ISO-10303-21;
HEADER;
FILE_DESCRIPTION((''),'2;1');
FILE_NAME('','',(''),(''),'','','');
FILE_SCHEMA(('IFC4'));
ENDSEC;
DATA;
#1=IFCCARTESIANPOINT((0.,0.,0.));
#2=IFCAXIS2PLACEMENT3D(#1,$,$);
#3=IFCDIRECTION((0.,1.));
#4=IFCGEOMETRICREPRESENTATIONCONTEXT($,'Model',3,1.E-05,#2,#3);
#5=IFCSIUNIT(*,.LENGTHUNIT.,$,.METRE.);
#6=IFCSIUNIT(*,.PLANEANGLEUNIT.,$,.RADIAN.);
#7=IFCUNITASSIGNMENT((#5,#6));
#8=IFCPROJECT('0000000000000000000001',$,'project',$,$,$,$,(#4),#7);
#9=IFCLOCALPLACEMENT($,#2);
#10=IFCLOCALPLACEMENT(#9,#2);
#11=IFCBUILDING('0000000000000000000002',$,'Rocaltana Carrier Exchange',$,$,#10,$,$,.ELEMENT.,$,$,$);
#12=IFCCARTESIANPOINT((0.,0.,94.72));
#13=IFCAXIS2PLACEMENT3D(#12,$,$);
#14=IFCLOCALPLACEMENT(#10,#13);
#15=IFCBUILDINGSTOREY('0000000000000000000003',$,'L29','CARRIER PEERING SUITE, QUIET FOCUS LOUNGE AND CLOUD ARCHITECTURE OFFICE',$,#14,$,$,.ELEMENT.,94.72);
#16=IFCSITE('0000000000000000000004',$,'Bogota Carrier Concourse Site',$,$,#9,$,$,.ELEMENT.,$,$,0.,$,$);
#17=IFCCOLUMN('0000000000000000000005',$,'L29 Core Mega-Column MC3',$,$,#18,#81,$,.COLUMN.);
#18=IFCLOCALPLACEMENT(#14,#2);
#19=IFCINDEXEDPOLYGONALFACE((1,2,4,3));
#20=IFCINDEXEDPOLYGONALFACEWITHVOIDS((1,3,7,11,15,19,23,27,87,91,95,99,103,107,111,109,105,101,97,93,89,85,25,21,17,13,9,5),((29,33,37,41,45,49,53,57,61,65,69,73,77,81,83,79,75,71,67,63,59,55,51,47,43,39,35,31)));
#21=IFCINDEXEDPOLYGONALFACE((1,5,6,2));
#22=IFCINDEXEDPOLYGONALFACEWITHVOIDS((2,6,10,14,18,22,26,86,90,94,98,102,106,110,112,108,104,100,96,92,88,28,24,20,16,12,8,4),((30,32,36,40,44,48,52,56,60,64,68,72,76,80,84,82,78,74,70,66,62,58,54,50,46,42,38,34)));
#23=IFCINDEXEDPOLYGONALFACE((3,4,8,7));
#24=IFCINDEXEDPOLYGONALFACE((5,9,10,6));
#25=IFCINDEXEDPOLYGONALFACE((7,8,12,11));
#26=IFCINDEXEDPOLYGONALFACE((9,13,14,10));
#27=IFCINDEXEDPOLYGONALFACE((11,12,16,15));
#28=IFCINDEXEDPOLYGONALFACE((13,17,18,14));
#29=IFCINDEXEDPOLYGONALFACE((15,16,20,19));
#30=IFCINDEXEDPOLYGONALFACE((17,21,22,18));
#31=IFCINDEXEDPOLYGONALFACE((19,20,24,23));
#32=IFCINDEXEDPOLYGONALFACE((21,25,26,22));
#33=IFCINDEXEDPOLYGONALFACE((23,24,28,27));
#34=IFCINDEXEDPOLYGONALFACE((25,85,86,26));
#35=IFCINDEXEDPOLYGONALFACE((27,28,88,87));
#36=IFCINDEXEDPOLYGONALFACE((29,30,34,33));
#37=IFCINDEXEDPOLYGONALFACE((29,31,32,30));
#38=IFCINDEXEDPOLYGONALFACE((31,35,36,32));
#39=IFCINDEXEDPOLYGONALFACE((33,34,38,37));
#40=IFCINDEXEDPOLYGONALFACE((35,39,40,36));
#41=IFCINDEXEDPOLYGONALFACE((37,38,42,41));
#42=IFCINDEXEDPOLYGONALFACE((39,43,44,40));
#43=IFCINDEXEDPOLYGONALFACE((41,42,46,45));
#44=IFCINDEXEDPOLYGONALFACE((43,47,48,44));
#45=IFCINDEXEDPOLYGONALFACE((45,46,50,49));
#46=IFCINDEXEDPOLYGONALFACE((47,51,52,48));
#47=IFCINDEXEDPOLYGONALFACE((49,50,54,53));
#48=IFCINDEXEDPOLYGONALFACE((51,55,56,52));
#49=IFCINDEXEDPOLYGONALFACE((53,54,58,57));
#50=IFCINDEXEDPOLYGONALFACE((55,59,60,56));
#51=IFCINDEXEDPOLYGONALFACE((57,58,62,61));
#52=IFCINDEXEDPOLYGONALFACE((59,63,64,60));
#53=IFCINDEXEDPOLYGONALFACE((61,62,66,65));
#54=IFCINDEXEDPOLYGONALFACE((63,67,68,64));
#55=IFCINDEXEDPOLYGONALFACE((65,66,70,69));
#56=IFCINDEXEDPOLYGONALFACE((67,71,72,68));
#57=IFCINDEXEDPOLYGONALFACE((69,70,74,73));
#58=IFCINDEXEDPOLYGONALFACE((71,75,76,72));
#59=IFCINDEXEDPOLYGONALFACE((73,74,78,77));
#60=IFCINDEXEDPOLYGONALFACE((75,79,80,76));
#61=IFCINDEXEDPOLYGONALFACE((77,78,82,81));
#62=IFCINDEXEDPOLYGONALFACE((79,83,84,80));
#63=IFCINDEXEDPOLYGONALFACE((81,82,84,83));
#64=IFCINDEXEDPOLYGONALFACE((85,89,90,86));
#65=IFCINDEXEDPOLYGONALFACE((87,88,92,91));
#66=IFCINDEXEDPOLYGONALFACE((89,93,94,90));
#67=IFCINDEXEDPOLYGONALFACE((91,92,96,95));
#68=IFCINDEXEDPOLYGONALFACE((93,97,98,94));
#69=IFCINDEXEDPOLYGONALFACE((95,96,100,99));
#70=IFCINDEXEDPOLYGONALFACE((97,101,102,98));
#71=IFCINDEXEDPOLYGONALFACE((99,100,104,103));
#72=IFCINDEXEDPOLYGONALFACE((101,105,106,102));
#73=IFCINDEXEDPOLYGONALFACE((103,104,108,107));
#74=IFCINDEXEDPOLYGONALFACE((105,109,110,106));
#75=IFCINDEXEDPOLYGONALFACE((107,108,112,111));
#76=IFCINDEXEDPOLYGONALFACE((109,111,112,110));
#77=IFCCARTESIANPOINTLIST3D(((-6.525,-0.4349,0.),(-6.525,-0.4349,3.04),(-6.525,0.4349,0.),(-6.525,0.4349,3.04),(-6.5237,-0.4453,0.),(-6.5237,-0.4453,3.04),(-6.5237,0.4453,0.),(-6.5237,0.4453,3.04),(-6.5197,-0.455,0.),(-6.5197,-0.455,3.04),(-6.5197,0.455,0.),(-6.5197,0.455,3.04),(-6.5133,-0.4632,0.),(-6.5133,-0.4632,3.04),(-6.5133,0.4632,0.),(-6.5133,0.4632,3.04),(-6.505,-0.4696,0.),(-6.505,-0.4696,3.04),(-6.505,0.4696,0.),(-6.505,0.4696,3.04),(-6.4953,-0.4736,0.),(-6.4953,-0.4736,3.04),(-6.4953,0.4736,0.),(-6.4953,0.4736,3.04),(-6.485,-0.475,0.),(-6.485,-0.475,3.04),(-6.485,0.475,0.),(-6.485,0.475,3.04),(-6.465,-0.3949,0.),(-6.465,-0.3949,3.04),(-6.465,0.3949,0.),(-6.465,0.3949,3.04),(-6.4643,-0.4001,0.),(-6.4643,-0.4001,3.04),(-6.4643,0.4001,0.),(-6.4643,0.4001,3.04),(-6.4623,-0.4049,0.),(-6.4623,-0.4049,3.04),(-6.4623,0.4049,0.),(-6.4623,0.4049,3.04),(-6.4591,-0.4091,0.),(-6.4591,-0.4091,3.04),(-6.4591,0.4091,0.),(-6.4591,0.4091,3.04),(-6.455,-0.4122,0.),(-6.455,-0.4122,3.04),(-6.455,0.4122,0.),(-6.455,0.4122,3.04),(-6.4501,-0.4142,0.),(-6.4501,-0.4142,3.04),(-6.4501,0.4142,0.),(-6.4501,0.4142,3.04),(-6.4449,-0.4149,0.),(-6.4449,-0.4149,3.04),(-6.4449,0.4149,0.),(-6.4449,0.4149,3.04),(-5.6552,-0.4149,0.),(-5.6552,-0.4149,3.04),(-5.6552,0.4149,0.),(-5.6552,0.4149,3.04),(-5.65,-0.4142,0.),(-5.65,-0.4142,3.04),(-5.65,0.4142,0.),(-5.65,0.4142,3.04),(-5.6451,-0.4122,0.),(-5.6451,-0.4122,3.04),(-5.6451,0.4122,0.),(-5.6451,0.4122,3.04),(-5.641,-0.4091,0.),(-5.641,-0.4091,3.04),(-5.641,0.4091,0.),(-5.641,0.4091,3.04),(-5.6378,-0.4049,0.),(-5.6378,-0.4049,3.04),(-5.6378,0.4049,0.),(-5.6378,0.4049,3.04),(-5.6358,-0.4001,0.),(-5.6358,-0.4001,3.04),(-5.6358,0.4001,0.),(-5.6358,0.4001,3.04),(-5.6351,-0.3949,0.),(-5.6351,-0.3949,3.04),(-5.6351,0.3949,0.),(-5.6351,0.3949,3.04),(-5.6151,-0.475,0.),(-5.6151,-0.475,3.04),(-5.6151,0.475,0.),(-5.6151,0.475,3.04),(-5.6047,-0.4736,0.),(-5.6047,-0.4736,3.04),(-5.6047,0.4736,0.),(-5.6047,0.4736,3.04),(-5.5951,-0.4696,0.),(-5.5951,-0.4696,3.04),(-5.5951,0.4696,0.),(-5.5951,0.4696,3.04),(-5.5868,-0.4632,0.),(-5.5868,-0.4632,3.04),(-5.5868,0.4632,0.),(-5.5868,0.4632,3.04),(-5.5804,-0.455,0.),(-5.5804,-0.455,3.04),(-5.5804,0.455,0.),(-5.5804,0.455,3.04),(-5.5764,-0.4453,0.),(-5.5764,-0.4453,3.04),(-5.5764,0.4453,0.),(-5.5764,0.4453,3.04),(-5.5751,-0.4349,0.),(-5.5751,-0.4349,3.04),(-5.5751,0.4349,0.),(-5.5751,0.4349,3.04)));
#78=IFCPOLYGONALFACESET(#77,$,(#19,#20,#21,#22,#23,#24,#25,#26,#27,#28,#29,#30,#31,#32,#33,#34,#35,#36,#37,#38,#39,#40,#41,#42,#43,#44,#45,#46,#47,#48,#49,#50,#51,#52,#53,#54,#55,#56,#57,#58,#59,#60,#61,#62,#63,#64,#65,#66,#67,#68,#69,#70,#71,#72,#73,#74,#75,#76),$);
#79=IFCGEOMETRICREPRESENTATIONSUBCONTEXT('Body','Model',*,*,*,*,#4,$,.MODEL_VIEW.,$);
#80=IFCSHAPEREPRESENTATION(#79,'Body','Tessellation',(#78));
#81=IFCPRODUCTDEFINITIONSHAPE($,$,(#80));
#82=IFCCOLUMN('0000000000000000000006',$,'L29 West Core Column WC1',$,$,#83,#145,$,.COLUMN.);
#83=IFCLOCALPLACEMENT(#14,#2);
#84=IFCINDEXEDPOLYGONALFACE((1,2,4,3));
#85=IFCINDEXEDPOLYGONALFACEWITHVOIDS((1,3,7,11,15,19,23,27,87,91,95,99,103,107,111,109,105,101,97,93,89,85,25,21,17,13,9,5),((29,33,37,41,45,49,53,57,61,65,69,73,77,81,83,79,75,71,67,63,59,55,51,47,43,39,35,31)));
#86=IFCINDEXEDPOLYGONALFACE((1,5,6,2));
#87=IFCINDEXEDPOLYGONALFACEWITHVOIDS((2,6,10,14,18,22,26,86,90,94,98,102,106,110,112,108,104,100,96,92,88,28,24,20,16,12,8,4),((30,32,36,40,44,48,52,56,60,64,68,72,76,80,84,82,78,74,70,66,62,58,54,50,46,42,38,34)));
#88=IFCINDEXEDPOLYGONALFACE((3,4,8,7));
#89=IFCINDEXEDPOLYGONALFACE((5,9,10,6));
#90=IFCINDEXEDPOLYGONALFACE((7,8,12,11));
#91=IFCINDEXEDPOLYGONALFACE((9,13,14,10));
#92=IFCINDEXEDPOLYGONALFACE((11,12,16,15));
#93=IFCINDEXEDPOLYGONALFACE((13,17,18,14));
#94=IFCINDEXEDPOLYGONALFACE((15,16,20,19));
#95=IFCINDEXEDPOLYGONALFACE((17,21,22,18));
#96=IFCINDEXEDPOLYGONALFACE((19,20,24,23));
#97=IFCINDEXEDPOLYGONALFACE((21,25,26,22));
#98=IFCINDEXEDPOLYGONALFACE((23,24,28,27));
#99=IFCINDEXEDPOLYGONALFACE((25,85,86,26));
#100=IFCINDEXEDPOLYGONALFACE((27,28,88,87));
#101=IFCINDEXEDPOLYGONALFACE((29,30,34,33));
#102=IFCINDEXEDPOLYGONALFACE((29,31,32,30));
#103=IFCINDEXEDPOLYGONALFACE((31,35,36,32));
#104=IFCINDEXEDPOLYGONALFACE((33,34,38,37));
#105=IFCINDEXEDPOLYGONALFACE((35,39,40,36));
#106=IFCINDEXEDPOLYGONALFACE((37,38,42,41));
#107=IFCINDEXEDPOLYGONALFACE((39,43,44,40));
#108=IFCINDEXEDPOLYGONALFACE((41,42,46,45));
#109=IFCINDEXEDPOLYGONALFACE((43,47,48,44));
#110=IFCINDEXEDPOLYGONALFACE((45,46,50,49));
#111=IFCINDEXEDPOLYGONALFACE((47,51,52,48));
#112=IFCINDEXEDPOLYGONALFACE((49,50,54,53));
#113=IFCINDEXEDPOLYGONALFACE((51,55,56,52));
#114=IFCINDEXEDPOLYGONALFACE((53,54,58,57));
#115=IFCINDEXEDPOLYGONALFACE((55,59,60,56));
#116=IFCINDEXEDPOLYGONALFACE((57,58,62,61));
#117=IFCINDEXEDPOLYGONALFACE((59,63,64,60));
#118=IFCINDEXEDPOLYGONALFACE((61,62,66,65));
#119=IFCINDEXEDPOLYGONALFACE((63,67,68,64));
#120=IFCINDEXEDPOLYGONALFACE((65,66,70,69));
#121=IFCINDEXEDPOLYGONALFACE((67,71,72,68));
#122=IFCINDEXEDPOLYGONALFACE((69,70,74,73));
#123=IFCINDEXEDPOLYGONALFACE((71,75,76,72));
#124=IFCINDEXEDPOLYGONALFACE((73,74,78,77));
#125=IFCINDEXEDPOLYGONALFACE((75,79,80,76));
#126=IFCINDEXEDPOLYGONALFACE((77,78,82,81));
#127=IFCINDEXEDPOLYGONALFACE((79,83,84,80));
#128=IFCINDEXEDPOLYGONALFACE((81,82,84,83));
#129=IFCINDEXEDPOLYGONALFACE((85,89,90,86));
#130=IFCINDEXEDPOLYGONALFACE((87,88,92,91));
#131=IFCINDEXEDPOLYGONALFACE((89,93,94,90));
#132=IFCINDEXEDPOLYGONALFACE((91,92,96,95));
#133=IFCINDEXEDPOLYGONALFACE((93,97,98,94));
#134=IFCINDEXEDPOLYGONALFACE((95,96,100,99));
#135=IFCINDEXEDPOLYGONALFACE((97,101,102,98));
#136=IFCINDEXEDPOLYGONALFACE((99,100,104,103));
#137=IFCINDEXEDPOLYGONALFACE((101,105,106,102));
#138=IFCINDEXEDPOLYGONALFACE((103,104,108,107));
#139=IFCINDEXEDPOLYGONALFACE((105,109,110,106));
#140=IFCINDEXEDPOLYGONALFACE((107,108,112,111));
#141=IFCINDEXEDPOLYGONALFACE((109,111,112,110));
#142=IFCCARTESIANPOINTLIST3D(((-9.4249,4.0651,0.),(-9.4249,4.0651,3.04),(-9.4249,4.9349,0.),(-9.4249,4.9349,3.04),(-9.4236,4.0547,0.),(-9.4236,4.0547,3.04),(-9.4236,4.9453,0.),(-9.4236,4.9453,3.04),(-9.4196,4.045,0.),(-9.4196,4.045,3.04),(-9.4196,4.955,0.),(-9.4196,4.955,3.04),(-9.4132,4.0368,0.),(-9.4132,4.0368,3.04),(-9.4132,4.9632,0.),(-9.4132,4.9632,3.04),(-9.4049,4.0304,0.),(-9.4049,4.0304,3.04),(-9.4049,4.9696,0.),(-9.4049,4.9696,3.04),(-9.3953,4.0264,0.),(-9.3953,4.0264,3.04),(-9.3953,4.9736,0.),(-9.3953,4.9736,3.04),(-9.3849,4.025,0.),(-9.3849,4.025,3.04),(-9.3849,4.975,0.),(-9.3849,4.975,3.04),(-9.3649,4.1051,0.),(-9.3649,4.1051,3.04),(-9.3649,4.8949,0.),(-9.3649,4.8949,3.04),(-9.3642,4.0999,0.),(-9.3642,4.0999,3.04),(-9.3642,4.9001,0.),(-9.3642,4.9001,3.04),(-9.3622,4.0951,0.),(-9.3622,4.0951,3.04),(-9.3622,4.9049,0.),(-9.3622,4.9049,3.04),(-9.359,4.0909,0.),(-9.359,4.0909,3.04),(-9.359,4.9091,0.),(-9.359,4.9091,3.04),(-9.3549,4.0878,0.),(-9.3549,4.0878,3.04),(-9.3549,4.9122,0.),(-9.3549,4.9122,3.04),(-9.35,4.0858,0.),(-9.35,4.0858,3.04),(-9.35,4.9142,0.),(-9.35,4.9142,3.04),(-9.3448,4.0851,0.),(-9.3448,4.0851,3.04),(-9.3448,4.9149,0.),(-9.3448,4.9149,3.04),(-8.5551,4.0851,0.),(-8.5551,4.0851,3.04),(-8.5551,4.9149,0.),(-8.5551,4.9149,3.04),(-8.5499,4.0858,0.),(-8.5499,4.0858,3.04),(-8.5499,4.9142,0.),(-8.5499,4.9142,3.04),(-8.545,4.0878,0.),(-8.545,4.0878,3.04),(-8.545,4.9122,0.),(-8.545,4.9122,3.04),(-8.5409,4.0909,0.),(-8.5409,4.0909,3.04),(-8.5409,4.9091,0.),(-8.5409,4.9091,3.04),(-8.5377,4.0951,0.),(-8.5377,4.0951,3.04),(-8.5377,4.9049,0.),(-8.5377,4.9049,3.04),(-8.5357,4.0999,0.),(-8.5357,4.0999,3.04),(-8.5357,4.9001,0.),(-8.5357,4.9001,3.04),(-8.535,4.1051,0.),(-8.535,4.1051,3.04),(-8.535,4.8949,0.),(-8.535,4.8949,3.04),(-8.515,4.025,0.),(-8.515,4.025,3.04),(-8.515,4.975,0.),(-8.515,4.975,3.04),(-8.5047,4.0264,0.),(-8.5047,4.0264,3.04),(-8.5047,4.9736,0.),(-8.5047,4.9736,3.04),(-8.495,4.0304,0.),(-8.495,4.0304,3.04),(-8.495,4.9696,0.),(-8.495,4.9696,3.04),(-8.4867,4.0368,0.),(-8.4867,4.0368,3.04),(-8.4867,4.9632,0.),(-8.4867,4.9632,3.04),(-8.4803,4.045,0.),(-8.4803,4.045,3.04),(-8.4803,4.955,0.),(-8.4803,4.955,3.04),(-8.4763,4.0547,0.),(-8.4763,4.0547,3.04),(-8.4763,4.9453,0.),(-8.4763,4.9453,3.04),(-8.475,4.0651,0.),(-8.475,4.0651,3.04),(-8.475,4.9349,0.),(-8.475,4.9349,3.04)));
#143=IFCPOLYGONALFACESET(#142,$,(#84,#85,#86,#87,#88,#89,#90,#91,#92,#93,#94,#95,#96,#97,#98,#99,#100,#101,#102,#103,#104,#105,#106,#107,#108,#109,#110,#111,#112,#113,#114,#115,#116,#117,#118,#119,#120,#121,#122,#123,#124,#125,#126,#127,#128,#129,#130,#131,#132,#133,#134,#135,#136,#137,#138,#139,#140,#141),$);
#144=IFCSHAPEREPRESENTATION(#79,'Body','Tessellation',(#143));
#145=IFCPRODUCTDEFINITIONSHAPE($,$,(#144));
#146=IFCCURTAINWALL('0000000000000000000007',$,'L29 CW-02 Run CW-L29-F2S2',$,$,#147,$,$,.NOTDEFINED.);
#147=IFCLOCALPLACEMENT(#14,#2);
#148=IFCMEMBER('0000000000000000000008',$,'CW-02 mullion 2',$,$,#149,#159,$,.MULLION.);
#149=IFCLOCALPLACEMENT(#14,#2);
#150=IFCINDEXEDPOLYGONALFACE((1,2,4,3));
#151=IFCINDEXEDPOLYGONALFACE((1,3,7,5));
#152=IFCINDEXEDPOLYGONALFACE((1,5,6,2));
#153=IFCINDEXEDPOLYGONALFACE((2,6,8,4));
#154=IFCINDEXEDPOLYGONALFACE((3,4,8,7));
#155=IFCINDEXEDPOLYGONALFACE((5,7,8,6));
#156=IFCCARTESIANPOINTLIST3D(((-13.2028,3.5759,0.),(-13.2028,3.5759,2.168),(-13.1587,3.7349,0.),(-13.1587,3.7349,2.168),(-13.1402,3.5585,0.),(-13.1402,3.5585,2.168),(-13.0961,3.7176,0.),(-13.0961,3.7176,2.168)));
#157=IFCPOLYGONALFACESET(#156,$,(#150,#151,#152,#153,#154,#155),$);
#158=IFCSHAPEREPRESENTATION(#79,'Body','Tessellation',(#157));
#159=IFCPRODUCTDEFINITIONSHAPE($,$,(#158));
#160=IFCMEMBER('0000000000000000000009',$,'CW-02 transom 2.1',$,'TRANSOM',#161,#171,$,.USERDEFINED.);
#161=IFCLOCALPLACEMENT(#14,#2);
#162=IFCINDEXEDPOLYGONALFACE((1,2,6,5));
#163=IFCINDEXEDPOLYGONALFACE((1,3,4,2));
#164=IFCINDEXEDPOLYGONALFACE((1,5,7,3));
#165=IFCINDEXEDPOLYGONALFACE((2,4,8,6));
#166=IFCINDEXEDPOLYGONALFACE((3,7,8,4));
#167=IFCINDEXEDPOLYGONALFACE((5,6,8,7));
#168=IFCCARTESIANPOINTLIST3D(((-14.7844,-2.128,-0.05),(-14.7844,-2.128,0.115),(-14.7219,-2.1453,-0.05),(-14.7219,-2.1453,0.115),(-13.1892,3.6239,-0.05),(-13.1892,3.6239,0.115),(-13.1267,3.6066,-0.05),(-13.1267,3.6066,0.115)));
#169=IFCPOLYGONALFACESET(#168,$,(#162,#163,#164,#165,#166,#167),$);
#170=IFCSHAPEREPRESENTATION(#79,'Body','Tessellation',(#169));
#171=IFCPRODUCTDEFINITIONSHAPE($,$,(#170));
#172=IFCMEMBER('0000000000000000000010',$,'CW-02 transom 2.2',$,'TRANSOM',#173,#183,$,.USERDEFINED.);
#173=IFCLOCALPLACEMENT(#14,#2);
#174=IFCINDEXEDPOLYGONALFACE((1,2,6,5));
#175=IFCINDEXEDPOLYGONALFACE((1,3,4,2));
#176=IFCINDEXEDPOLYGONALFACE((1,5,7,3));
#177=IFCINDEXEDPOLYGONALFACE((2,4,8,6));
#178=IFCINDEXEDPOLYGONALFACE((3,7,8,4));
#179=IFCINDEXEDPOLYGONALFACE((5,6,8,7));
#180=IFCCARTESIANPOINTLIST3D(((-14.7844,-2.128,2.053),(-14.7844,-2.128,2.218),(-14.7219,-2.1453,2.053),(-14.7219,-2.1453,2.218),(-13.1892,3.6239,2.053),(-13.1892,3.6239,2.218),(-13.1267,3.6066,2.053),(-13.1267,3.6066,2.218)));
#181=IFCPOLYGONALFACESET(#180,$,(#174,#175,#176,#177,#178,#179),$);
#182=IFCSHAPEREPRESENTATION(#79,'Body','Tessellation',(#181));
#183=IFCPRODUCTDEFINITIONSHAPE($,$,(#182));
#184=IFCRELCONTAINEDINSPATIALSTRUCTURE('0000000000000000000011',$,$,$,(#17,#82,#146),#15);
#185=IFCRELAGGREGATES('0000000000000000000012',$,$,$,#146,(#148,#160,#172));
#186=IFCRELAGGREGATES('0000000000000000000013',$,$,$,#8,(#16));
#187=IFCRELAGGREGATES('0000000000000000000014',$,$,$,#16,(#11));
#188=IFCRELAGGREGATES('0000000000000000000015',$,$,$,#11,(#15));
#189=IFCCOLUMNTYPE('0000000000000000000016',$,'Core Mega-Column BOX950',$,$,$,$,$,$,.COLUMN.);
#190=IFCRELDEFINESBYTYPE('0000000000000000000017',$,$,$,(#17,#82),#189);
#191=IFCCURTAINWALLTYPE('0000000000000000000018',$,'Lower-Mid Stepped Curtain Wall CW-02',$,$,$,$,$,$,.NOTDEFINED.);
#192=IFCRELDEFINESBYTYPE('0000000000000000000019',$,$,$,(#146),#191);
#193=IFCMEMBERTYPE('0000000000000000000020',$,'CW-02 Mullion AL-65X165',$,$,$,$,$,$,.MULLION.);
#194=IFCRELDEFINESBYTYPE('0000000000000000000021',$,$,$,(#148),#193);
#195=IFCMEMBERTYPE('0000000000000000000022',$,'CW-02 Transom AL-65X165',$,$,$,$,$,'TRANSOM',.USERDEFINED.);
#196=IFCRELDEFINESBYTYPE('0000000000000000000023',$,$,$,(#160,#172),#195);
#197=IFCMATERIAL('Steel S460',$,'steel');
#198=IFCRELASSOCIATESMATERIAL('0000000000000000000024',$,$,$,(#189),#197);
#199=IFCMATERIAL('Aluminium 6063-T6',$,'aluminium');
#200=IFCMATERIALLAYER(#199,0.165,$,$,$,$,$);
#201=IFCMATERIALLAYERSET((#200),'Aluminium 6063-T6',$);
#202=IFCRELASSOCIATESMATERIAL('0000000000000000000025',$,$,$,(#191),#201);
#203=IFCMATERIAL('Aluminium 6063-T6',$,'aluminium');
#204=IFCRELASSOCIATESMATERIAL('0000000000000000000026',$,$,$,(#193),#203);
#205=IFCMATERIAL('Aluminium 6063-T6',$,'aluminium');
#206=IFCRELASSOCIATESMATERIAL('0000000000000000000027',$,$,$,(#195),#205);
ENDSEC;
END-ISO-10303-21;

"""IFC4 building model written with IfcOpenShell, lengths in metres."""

from ifc_helpers import new_model, si_unit, direction, frame, origin, origin_2d, place, context, subcontext, project, spatial, rectangle, hollow_rectangle, extrude, material, layer, layer_set, material_profile, profile_set, type_object, element, aggregate, save


model = new_model("IFC4")

# Units and contexts
model_context = context("Model", 3, precision=1e-05, world=origin(), true_north=direction((0.0, 1.0)))
body_context = subcontext(model_context, "Body", "Model", "MODEL_VIEW")
ifc_project = project(units=[si_unit("LENGTHUNIT", "METRE"), si_unit("PLANEANGLEUNIT", "RADIAN")], contexts=[model_context])

# Site, building, storey
site_placement = place(None, origin())
site = spatial("IfcSite", under=ifc_project, at=site_placement, Name="Bogota Carrier Concourse Site", CompositionType="ELEMENT", RefElevation=0.0)
building_placement = place(site_placement, origin())
building = spatial("IfcBuilding", under=site, at=building_placement, Name="Rocaltana Carrier Exchange", CompositionType="ELEMENT")
storey_placement = place(building_placement, frame((0.0, 0.0, 94.72)))
storey = spatial("IfcBuildingStorey", under=building, at=storey_placement, Name="L29", Description="CARRIER PEERING SUITE, QUIET FOCUS LOUNGE AND CLOUD ARCHITECTURE OFFICE", CompositionType="ELEMENT", Elevation=94.72)

# Columns
ifc_material_1 = material(Name="Steel S460", Category="steel")
ifc_material_profile_1 = material_profile(ifc_material_1, hollow_rectangle(XDim=0.95, YDim=0.95, WallThickness=0.0601, InnerFilletRadius=0.02, OuterFilletRadius=0.04, at=origin_2d()), Name="BOX950X950X60")
ifc_profile_set_1 = profile_set([ifc_material_profile_1], Name="Steel S460")
column_type = type_object("IfcColumnType", Name="Core Mega-Column BOX950", PredefinedType="COLUMN", material=ifc_profile_set_1)
for number, where, z_axis, x_axis, name in (
    (1, (-6.05, 0.0, 0.0), (0.0, 0.0, 1.0), (1.0, 0.0, 0.0), "L29 Core Mega-Column MC3"),
    (2, (-8.95, 4.5, 0.0), (0.0, 0.0, 1.0), (1.0, 0.0, 0.0), "L29 West Core Column WC1"),
):
    element("IfcColumn", number, at=place(storey_placement, frame(where, z_axis=z_axis, x_axis=x_axis)), inside=storey, type_object=column_type, Name=name, PredefinedType="COLUMN", context=body_context, shape_type="SweptSolid", body=[
        extrude(hollow_rectangle(XDim=0.95, YDim=0.95, WallThickness=0.0601, InnerFilletRadius=0.02, OuterFilletRadius=0.04, at=origin_2d()), origin(), (0.0, 0.0, 1.0), 3.04),
    ])

# Curtain wall, members
ifc_material_2 = material(Name="Aluminium 6063-T6", Category="aluminium")
ifc_layer_1 = layer(ifc_material_2, 0.165)
ifc_layer_set_1 = layer_set([ifc_layer_1], Name="Aluminium 6063-T6")
curtain_wall_type = type_object("IfcCurtainWallType", Name="Lower-Mid Stepped Curtain Wall CW-02", PredefinedType="NOTDEFINED", material=ifc_layer_set_1)
curtain_wall_placement = place(storey_placement, origin())
curtain_wall = element("IfcCurtainWall", 3, at=curtain_wall_placement, inside=storey, type_object=curtain_wall_type, Name="L29 CW-02 Run CW-L29-F2S2", PredefinedType="NOTDEFINED")
ifc_material_3 = material(Name="Aluminium 6063-T6", Category="aluminium")
ifc_material_profile_2 = material_profile(ifc_material_3, rectangle(XDim=0.0649, YDim=0.165, at=origin_2d()), Name="AL-65X165")
ifc_profile_set_2 = profile_set([ifc_material_profile_2], Name="Aluminium 6063-T6")
member_type_1 = type_object("IfcMemberType", Name="CW-02 Mullion AL-65X165", PredefinedType="MULLION", material=ifc_profile_set_2)
member_1_placement = place(storey_placement, frame((-13.1494, 3.6467, 0.0), z_axis=(0.0, 0.0, 1.0), x_axis=(0.963631, -0.267238, 0.0)))
member_1 = element("IfcMember", 4, at=member_1_placement, type_object=member_type_1, Name="CW-02 mullion 2", PredefinedType="MULLION", context=body_context, shape_type="SweptSolid", body=[
    extrude(rectangle(XDim=0.0649, YDim=0.165, at=origin_2d()), origin(), (0.0, 0.0, 1.0), 2.168),
])
ifc_material_4 = material(Name="Aluminium 6063-T6", Category="aluminium")
ifc_material_profile_3 = material_profile(ifc_material_4, rectangle(XDim=0.0649, YDim=0.165, at=origin_2d()), Name="AL-65X165")
ifc_profile_set_3 = profile_set([ifc_material_profile_3], Name="Aluminium 6063-T6")
member_type_2 = type_object("IfcMemberType", Name="CW-02 Transom AL-65X165", ElementType="TRANSOM", PredefinedType="USERDEFINED", material=ifc_profile_set_3)
member_2_placement = place(storey_placement, frame((-13.158, 3.6152, 0.0325), z_axis=(-0.267247, -0.963628, 0.0), x_axis=(0.963628, -0.267247, 0.0)))
member_2 = element("IfcMember", 5, at=member_2_placement, type_object=member_type_2, Name="CW-02 transom 2.1", ObjectType="TRANSOM", PredefinedType="USERDEFINED", context=body_context, shape_type="SweptSolid", body=[
    extrude(rectangle(XDim=0.0649, YDim=0.165, at=origin_2d()), origin(), (0.0, 0.0, 1.0), 5.969),
])
member_3_placement = place(storey_placement, frame((-13.158, 3.6152, 2.1355), z_axis=(-0.267247, -0.963628, 0.0), x_axis=(0.963628, -0.267247, 0.0)))
member_3 = element("IfcMember", 6, at=member_3_placement, type_object=member_type_2, Name="CW-02 transom 2.2", ObjectType="TRANSOM", PredefinedType="USERDEFINED", context=body_context, shape_type="SweptSolid", body=[
    extrude(rectangle(XDim=0.0649, YDim=0.165, at=origin_2d()), origin(), (0.0, 0.0, 1.0), 5.969),
])

aggregate(curtain_wall, [member_1, member_2, member_3])

save(model, "model.ifc")
